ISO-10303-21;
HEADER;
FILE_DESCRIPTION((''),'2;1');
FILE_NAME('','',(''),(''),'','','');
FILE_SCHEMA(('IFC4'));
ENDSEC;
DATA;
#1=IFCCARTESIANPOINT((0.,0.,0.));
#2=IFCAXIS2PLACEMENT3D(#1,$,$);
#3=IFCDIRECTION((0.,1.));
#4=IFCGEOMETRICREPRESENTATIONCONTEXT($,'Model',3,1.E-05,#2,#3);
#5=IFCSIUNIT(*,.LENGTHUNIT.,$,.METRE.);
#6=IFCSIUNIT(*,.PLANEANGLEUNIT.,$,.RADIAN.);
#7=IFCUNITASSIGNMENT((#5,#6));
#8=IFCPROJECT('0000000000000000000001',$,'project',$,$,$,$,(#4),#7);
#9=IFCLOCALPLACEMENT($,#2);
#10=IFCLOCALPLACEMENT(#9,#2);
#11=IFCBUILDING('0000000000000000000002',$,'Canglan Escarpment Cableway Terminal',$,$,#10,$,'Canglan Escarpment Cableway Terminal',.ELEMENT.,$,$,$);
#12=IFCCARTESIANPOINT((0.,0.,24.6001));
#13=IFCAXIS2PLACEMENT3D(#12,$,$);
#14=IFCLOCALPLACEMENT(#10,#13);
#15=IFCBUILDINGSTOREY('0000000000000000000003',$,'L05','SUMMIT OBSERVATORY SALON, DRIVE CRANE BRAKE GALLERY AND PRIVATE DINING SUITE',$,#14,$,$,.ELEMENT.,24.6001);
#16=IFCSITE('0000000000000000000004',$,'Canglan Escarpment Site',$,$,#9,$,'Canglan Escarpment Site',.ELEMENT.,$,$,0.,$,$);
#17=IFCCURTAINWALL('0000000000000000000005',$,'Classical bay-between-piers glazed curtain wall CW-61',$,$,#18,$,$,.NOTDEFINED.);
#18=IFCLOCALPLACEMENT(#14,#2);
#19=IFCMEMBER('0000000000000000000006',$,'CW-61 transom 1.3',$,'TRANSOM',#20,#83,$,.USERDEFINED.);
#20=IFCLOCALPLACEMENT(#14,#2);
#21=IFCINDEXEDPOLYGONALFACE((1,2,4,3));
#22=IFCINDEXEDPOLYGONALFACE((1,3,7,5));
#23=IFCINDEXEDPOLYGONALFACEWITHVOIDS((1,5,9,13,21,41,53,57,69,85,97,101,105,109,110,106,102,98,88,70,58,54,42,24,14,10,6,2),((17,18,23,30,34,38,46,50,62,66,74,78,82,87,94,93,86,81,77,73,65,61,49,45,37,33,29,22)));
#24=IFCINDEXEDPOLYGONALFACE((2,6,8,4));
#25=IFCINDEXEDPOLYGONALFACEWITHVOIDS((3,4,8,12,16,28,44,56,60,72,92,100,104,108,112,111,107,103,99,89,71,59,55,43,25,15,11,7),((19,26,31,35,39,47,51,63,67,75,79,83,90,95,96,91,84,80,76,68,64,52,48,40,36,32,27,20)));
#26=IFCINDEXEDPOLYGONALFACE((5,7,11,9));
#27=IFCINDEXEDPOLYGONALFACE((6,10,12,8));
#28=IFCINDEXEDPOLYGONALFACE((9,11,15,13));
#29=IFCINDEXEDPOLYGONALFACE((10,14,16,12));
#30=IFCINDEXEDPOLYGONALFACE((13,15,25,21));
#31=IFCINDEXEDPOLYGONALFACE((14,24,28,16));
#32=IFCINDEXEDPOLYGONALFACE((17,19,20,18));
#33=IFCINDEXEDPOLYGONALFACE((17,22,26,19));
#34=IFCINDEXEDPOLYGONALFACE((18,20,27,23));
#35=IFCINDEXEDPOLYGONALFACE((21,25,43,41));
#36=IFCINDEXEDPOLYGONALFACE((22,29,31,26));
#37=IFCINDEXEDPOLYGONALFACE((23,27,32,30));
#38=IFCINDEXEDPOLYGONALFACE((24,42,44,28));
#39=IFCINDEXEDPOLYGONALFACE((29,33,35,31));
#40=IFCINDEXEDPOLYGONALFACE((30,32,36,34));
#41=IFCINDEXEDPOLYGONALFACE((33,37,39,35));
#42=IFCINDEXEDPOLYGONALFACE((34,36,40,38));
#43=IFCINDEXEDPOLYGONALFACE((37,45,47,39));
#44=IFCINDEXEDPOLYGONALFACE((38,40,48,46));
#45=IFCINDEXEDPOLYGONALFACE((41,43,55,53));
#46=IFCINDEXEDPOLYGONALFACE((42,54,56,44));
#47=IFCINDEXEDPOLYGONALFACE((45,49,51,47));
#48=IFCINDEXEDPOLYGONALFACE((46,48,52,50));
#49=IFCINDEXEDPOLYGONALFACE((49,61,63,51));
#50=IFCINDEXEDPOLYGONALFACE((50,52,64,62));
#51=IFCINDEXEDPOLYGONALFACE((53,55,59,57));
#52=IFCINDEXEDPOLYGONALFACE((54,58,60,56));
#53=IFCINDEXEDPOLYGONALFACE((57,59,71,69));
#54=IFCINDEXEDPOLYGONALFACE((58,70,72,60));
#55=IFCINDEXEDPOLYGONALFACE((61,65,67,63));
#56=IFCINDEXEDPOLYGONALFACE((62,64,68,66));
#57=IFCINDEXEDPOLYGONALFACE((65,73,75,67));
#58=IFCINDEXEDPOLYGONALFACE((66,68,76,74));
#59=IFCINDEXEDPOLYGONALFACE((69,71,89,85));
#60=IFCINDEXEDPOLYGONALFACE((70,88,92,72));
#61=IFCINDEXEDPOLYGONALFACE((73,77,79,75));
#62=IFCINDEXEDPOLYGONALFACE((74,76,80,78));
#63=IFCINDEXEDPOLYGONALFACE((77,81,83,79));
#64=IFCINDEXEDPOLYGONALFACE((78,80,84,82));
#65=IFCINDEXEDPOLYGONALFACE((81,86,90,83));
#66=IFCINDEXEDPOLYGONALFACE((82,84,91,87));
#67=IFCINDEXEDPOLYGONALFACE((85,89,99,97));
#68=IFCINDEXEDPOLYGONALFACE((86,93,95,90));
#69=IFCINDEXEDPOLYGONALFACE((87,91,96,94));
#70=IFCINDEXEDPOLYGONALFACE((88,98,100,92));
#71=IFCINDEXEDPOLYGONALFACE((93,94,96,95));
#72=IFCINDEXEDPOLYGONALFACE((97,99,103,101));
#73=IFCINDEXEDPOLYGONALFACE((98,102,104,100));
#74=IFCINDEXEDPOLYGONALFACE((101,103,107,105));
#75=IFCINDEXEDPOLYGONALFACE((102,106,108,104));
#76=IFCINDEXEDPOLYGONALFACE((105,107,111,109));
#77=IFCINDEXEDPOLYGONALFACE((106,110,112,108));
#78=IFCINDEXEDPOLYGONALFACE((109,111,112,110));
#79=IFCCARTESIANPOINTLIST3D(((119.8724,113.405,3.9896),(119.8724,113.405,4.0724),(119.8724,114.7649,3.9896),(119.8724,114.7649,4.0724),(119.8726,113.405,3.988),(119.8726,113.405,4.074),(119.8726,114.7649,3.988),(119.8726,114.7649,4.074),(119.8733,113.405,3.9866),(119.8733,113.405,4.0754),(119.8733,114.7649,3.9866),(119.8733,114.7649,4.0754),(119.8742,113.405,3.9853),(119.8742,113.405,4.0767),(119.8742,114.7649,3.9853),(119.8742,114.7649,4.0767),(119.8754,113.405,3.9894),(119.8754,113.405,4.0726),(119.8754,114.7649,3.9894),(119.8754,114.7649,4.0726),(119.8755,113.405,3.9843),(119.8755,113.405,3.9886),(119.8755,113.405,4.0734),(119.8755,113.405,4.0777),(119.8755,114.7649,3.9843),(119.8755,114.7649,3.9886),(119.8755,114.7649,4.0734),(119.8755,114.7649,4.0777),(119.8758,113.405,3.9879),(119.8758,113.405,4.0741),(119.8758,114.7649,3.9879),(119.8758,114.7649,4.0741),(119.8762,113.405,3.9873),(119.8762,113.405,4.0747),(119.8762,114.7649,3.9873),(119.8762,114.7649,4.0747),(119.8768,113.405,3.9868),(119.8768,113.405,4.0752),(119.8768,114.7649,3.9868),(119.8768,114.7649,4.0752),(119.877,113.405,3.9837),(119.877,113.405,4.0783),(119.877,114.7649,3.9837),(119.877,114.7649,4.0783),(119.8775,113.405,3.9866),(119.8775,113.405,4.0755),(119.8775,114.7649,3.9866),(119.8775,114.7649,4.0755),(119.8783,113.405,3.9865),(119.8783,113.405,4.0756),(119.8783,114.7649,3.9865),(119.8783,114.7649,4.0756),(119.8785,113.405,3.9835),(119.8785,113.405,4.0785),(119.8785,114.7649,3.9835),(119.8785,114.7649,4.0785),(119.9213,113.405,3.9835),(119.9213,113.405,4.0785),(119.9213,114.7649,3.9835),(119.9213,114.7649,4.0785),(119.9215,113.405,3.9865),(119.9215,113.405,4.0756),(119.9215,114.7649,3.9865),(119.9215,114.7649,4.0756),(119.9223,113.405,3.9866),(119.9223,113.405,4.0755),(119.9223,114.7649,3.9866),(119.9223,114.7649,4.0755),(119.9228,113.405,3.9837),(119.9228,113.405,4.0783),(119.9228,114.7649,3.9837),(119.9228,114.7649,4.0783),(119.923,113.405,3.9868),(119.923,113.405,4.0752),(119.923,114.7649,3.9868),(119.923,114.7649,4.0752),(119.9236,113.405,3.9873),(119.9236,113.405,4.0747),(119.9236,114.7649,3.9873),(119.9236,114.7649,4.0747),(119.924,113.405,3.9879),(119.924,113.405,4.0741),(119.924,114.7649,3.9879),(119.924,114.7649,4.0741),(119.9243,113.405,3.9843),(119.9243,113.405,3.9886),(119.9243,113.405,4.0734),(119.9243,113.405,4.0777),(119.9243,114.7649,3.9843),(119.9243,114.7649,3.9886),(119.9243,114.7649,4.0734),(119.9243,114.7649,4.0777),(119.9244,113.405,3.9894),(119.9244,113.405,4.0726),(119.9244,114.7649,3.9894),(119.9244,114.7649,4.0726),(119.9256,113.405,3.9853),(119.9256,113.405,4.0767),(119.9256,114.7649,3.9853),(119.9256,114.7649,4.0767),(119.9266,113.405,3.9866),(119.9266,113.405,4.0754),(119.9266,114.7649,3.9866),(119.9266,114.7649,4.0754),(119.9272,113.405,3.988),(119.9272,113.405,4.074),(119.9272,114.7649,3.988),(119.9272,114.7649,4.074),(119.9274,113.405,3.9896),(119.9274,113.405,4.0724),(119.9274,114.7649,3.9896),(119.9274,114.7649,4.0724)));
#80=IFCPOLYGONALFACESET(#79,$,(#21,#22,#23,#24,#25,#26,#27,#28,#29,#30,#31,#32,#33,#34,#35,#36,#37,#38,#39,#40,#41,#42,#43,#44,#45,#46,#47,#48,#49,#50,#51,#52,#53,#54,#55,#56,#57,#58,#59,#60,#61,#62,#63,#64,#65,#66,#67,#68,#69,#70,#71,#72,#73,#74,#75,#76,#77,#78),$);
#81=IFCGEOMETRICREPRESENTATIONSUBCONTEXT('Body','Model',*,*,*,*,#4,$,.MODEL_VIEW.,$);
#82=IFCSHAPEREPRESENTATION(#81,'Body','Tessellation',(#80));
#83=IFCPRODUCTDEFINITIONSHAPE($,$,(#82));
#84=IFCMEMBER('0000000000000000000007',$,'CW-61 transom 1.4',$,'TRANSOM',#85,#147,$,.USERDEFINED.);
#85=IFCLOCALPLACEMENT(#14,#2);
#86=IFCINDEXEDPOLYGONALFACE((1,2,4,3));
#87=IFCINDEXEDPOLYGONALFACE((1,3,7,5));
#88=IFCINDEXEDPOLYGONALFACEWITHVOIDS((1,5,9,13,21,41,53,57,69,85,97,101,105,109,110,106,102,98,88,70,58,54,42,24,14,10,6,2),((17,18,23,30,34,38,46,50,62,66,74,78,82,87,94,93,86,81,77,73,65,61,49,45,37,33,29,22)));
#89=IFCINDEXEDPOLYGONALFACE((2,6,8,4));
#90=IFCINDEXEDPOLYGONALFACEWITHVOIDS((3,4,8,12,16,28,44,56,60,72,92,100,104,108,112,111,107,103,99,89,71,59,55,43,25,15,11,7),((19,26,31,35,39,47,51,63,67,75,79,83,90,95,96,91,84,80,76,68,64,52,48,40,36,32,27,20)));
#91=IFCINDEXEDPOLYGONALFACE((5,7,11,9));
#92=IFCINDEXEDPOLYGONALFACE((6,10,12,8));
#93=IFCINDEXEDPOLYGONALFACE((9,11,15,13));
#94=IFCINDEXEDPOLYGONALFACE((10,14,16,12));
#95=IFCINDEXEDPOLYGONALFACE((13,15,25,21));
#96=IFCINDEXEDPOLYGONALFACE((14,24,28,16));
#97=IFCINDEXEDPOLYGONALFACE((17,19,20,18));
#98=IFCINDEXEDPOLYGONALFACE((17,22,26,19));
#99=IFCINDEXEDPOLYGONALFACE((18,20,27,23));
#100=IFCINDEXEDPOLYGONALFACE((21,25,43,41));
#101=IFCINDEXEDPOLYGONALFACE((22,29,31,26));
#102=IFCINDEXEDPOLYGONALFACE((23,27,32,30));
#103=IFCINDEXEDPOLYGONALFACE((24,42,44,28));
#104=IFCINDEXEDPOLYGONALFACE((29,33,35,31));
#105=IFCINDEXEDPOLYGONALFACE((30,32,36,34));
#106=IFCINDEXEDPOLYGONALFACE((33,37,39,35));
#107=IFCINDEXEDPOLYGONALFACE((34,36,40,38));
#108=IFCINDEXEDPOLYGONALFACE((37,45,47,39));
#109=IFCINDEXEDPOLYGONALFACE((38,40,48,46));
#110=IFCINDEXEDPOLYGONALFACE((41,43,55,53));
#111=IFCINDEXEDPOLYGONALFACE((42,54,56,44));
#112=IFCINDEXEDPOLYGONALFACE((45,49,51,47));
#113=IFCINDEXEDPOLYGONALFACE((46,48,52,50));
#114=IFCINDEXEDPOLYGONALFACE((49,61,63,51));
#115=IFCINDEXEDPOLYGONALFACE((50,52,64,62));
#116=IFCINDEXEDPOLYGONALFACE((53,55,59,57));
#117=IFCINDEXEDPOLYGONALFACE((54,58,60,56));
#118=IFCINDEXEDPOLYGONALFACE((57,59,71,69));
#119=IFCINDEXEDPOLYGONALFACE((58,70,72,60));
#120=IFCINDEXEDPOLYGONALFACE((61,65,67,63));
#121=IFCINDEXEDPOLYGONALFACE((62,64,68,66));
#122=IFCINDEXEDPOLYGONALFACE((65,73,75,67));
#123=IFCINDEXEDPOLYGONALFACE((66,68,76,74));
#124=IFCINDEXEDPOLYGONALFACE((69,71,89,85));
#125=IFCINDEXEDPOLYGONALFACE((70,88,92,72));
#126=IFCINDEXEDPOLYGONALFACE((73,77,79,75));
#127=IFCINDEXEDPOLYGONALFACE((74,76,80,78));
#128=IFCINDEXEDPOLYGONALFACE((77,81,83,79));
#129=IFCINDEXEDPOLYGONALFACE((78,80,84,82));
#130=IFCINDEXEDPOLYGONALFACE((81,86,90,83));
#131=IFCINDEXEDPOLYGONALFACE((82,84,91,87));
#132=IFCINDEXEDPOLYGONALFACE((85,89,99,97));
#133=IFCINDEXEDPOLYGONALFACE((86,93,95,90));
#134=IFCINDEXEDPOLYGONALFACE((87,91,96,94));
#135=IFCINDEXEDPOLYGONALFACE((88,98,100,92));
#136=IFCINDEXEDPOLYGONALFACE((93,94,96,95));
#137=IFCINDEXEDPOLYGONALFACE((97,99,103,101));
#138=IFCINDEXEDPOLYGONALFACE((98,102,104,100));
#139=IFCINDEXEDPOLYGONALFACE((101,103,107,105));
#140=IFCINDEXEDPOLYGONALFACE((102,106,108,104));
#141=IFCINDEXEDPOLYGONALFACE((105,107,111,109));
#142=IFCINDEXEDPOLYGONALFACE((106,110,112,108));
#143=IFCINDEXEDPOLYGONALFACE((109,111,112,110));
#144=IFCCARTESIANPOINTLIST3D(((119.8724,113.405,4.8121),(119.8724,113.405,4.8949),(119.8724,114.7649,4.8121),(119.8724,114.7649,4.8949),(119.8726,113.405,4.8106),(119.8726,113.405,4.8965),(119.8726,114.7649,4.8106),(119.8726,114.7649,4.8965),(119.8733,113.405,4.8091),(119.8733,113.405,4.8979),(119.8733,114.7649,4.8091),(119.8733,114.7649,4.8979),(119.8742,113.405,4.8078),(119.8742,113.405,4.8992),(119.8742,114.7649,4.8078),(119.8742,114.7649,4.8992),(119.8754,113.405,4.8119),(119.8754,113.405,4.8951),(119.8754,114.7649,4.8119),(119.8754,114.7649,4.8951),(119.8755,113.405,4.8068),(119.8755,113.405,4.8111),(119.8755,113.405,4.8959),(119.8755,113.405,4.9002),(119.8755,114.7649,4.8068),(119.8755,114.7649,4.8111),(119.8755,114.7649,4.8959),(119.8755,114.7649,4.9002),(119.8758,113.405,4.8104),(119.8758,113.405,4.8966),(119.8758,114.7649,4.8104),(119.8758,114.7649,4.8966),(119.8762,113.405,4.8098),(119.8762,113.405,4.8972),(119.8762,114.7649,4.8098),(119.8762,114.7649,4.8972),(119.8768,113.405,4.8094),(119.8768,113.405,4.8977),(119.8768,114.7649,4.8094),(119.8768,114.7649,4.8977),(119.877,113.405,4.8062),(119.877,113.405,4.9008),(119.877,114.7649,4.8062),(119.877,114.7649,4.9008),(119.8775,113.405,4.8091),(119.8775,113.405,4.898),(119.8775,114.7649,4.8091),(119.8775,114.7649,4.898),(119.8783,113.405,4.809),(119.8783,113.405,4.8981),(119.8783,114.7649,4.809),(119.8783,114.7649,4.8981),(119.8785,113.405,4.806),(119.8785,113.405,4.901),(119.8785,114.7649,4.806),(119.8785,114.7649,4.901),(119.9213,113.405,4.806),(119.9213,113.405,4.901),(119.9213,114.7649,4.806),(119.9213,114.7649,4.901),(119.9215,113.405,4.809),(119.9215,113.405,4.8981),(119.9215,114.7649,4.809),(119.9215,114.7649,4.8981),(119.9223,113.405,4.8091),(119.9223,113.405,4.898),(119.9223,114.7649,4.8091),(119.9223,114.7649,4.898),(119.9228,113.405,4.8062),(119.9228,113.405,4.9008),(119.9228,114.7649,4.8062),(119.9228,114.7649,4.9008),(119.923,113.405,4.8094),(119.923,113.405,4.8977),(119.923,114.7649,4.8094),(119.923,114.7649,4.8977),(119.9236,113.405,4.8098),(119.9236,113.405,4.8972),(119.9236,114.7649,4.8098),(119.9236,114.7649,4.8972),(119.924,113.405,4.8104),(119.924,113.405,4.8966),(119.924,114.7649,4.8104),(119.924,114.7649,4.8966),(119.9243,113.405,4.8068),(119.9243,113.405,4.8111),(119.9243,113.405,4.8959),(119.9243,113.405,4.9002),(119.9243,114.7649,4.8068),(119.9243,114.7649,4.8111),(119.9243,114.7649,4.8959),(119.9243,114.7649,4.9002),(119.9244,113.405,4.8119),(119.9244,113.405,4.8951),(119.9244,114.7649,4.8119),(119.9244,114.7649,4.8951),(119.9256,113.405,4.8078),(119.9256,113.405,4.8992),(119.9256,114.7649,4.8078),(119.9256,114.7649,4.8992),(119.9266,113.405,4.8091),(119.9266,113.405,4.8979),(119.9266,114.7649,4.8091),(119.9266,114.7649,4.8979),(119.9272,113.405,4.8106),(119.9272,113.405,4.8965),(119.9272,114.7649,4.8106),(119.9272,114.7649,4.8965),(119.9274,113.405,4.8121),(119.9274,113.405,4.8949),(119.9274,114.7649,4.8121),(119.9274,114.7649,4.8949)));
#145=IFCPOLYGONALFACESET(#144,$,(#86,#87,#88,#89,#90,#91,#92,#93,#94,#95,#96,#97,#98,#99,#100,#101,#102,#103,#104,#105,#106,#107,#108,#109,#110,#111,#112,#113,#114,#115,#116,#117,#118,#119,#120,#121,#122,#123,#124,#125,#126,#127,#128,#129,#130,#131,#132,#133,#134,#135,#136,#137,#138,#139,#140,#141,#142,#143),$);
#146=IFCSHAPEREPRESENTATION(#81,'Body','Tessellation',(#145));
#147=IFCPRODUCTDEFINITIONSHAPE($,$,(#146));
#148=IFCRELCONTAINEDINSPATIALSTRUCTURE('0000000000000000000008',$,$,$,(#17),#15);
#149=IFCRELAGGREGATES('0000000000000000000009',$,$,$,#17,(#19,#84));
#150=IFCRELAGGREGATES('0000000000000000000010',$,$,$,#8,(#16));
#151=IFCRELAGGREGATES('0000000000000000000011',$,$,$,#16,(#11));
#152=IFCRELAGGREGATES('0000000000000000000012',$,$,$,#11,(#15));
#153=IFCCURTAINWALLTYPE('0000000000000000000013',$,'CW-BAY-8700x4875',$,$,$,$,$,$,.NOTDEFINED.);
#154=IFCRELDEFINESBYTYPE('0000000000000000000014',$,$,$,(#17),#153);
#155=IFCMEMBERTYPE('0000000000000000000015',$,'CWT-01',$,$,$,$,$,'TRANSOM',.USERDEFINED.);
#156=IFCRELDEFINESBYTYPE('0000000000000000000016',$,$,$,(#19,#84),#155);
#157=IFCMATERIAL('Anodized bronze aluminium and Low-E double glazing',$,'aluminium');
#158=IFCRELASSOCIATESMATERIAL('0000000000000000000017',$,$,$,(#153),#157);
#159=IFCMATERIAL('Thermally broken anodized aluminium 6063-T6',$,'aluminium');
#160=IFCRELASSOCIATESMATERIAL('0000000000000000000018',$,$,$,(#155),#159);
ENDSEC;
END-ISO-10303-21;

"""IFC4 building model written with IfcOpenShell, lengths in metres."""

from ifc_helpers import new_model, si_unit, direction, frame, origin, origin_2d, place, context, subcontext, project, spatial, hollow_rectangle, extrude, material, material_profile, profile_set, type_object, element, aggregate, save


model = new_model("IFC4")

# Units and contexts
model_context = context("Model", 3, precision=1e-05, world=origin(), true_north=direction((0.0, 1.0)))
body_context = subcontext(model_context, "Body", "Model", "MODEL_VIEW")
ifc_project = project(units=[si_unit("LENGTHUNIT", "METRE"), si_unit("PLANEANGLEUNIT", "RADIAN")], contexts=[model_context])

# Site, building, storey
site_placement = place(None, origin())
site = spatial("IfcSite", under=ifc_project, at=site_placement, Name="Canglan Escarpment Site", LongName="Canglan Escarpment Site", CompositionType="ELEMENT", RefElevation=0.0)
building_placement = place(site_placement, origin())
building = spatial("IfcBuilding", under=site, at=building_placement, Name="Canglan Escarpment Cableway Terminal", LongName="Canglan Escarpment Cableway Terminal", CompositionType="ELEMENT")
storey_placement = place(building_placement, frame((0.0, 0.0, 24.6001)))
storey = spatial("IfcBuildingStorey", under=building, at=storey_placement, Name="L05", Description="SUMMIT OBSERVATORY SALON, DRIVE CRANE BRAKE GALLERY AND PRIVATE DINING SUITE", CompositionType="ELEMENT", Elevation=24.6001)

# Curtain wall
ifc_material_1 = material(Name="Anodized bronze aluminium and Low-E double glazing", Category="aluminium")
curtain_wall_type_1 = type_object("IfcCurtainWallType", Name="CW-BAY-8700x4875", PredefinedType="NOTDEFINED", material=ifc_material_1)
curtain_wall_1_placement = place(storey_placement, origin())
curtain_wall_1 = element("IfcCurtainWall", 1, at=curtain_wall_1_placement, inside=storey, type_object=curtain_wall_type_1, Name="Classical bay-between-piers glazed curtain wall CW-61", PredefinedType="NOTDEFINED")
ifc_material_2 = material(Name="Thermally broken anodized aluminium 6063-T6", Category="aluminium")

# Members
ifc_material_profile_1 = material_profile(ifc_material_2, hollow_rectangle(XDim=0.0549, YDim=0.095, WallThickness=0.0029, InnerFilletRadius=0.0029, OuterFilletRadius=0.0061, at=origin_2d()), Name="ALU-TRAN 55x95x3")
ifc_profile_set_1 = profile_set([ifc_material_profile_1], Name="Thermally broken anodized aluminium 6063-T6")
member_type_1 = type_object("IfcMemberType", Name="CWT-01", ElementType="TRANSOM", PredefinedType="USERDEFINED", material=ifc_profile_set_1)
member_1_placement = place(storey_placement, frame((119.8999, 114.7649, 4.031), z_axis=(0.0, -1.0, 0.0), x_axis=(1.0, 0.0, 0.0)))
member_1 = element("IfcMember", 2, at=member_1_placement, type_object=member_type_1, Name="CW-61 transom 1.3", ObjectType="TRANSOM", PredefinedType="USERDEFINED", context=body_context, shape_type="SweptSolid", body=[
    extrude(hollow_rectangle(XDim=0.0549, YDim=0.095, WallThickness=0.0029, InnerFilletRadius=0.0029, OuterFilletRadius=0.0061, at=origin_2d()), origin(), (0.0, 0.0, 1.0), 1.3599),
])
member_2_placement = place(storey_placement, frame((119.8999, 114.7649, 4.8535), z_axis=(0.0, -1.0, 0.0), x_axis=(1.0, 0.0, 0.0)))
member_2 = element("IfcMember", 3, at=member_2_placement, type_object=member_type_1, Name="CW-61 transom 1.4", ObjectType="TRANSOM", PredefinedType="USERDEFINED", context=body_context, shape_type="SweptSolid", body=[
    extrude(hollow_rectangle(XDim=0.0549, YDim=0.095, WallThickness=0.0029, InnerFilletRadius=0.0029, OuterFilletRadius=0.0061, at=origin_2d()), origin(), (0.0, 0.0, 1.0), 1.3599),
])

aggregate(curtain_wall_1, [member_1, member_2])

save(model, "model.ifc")
